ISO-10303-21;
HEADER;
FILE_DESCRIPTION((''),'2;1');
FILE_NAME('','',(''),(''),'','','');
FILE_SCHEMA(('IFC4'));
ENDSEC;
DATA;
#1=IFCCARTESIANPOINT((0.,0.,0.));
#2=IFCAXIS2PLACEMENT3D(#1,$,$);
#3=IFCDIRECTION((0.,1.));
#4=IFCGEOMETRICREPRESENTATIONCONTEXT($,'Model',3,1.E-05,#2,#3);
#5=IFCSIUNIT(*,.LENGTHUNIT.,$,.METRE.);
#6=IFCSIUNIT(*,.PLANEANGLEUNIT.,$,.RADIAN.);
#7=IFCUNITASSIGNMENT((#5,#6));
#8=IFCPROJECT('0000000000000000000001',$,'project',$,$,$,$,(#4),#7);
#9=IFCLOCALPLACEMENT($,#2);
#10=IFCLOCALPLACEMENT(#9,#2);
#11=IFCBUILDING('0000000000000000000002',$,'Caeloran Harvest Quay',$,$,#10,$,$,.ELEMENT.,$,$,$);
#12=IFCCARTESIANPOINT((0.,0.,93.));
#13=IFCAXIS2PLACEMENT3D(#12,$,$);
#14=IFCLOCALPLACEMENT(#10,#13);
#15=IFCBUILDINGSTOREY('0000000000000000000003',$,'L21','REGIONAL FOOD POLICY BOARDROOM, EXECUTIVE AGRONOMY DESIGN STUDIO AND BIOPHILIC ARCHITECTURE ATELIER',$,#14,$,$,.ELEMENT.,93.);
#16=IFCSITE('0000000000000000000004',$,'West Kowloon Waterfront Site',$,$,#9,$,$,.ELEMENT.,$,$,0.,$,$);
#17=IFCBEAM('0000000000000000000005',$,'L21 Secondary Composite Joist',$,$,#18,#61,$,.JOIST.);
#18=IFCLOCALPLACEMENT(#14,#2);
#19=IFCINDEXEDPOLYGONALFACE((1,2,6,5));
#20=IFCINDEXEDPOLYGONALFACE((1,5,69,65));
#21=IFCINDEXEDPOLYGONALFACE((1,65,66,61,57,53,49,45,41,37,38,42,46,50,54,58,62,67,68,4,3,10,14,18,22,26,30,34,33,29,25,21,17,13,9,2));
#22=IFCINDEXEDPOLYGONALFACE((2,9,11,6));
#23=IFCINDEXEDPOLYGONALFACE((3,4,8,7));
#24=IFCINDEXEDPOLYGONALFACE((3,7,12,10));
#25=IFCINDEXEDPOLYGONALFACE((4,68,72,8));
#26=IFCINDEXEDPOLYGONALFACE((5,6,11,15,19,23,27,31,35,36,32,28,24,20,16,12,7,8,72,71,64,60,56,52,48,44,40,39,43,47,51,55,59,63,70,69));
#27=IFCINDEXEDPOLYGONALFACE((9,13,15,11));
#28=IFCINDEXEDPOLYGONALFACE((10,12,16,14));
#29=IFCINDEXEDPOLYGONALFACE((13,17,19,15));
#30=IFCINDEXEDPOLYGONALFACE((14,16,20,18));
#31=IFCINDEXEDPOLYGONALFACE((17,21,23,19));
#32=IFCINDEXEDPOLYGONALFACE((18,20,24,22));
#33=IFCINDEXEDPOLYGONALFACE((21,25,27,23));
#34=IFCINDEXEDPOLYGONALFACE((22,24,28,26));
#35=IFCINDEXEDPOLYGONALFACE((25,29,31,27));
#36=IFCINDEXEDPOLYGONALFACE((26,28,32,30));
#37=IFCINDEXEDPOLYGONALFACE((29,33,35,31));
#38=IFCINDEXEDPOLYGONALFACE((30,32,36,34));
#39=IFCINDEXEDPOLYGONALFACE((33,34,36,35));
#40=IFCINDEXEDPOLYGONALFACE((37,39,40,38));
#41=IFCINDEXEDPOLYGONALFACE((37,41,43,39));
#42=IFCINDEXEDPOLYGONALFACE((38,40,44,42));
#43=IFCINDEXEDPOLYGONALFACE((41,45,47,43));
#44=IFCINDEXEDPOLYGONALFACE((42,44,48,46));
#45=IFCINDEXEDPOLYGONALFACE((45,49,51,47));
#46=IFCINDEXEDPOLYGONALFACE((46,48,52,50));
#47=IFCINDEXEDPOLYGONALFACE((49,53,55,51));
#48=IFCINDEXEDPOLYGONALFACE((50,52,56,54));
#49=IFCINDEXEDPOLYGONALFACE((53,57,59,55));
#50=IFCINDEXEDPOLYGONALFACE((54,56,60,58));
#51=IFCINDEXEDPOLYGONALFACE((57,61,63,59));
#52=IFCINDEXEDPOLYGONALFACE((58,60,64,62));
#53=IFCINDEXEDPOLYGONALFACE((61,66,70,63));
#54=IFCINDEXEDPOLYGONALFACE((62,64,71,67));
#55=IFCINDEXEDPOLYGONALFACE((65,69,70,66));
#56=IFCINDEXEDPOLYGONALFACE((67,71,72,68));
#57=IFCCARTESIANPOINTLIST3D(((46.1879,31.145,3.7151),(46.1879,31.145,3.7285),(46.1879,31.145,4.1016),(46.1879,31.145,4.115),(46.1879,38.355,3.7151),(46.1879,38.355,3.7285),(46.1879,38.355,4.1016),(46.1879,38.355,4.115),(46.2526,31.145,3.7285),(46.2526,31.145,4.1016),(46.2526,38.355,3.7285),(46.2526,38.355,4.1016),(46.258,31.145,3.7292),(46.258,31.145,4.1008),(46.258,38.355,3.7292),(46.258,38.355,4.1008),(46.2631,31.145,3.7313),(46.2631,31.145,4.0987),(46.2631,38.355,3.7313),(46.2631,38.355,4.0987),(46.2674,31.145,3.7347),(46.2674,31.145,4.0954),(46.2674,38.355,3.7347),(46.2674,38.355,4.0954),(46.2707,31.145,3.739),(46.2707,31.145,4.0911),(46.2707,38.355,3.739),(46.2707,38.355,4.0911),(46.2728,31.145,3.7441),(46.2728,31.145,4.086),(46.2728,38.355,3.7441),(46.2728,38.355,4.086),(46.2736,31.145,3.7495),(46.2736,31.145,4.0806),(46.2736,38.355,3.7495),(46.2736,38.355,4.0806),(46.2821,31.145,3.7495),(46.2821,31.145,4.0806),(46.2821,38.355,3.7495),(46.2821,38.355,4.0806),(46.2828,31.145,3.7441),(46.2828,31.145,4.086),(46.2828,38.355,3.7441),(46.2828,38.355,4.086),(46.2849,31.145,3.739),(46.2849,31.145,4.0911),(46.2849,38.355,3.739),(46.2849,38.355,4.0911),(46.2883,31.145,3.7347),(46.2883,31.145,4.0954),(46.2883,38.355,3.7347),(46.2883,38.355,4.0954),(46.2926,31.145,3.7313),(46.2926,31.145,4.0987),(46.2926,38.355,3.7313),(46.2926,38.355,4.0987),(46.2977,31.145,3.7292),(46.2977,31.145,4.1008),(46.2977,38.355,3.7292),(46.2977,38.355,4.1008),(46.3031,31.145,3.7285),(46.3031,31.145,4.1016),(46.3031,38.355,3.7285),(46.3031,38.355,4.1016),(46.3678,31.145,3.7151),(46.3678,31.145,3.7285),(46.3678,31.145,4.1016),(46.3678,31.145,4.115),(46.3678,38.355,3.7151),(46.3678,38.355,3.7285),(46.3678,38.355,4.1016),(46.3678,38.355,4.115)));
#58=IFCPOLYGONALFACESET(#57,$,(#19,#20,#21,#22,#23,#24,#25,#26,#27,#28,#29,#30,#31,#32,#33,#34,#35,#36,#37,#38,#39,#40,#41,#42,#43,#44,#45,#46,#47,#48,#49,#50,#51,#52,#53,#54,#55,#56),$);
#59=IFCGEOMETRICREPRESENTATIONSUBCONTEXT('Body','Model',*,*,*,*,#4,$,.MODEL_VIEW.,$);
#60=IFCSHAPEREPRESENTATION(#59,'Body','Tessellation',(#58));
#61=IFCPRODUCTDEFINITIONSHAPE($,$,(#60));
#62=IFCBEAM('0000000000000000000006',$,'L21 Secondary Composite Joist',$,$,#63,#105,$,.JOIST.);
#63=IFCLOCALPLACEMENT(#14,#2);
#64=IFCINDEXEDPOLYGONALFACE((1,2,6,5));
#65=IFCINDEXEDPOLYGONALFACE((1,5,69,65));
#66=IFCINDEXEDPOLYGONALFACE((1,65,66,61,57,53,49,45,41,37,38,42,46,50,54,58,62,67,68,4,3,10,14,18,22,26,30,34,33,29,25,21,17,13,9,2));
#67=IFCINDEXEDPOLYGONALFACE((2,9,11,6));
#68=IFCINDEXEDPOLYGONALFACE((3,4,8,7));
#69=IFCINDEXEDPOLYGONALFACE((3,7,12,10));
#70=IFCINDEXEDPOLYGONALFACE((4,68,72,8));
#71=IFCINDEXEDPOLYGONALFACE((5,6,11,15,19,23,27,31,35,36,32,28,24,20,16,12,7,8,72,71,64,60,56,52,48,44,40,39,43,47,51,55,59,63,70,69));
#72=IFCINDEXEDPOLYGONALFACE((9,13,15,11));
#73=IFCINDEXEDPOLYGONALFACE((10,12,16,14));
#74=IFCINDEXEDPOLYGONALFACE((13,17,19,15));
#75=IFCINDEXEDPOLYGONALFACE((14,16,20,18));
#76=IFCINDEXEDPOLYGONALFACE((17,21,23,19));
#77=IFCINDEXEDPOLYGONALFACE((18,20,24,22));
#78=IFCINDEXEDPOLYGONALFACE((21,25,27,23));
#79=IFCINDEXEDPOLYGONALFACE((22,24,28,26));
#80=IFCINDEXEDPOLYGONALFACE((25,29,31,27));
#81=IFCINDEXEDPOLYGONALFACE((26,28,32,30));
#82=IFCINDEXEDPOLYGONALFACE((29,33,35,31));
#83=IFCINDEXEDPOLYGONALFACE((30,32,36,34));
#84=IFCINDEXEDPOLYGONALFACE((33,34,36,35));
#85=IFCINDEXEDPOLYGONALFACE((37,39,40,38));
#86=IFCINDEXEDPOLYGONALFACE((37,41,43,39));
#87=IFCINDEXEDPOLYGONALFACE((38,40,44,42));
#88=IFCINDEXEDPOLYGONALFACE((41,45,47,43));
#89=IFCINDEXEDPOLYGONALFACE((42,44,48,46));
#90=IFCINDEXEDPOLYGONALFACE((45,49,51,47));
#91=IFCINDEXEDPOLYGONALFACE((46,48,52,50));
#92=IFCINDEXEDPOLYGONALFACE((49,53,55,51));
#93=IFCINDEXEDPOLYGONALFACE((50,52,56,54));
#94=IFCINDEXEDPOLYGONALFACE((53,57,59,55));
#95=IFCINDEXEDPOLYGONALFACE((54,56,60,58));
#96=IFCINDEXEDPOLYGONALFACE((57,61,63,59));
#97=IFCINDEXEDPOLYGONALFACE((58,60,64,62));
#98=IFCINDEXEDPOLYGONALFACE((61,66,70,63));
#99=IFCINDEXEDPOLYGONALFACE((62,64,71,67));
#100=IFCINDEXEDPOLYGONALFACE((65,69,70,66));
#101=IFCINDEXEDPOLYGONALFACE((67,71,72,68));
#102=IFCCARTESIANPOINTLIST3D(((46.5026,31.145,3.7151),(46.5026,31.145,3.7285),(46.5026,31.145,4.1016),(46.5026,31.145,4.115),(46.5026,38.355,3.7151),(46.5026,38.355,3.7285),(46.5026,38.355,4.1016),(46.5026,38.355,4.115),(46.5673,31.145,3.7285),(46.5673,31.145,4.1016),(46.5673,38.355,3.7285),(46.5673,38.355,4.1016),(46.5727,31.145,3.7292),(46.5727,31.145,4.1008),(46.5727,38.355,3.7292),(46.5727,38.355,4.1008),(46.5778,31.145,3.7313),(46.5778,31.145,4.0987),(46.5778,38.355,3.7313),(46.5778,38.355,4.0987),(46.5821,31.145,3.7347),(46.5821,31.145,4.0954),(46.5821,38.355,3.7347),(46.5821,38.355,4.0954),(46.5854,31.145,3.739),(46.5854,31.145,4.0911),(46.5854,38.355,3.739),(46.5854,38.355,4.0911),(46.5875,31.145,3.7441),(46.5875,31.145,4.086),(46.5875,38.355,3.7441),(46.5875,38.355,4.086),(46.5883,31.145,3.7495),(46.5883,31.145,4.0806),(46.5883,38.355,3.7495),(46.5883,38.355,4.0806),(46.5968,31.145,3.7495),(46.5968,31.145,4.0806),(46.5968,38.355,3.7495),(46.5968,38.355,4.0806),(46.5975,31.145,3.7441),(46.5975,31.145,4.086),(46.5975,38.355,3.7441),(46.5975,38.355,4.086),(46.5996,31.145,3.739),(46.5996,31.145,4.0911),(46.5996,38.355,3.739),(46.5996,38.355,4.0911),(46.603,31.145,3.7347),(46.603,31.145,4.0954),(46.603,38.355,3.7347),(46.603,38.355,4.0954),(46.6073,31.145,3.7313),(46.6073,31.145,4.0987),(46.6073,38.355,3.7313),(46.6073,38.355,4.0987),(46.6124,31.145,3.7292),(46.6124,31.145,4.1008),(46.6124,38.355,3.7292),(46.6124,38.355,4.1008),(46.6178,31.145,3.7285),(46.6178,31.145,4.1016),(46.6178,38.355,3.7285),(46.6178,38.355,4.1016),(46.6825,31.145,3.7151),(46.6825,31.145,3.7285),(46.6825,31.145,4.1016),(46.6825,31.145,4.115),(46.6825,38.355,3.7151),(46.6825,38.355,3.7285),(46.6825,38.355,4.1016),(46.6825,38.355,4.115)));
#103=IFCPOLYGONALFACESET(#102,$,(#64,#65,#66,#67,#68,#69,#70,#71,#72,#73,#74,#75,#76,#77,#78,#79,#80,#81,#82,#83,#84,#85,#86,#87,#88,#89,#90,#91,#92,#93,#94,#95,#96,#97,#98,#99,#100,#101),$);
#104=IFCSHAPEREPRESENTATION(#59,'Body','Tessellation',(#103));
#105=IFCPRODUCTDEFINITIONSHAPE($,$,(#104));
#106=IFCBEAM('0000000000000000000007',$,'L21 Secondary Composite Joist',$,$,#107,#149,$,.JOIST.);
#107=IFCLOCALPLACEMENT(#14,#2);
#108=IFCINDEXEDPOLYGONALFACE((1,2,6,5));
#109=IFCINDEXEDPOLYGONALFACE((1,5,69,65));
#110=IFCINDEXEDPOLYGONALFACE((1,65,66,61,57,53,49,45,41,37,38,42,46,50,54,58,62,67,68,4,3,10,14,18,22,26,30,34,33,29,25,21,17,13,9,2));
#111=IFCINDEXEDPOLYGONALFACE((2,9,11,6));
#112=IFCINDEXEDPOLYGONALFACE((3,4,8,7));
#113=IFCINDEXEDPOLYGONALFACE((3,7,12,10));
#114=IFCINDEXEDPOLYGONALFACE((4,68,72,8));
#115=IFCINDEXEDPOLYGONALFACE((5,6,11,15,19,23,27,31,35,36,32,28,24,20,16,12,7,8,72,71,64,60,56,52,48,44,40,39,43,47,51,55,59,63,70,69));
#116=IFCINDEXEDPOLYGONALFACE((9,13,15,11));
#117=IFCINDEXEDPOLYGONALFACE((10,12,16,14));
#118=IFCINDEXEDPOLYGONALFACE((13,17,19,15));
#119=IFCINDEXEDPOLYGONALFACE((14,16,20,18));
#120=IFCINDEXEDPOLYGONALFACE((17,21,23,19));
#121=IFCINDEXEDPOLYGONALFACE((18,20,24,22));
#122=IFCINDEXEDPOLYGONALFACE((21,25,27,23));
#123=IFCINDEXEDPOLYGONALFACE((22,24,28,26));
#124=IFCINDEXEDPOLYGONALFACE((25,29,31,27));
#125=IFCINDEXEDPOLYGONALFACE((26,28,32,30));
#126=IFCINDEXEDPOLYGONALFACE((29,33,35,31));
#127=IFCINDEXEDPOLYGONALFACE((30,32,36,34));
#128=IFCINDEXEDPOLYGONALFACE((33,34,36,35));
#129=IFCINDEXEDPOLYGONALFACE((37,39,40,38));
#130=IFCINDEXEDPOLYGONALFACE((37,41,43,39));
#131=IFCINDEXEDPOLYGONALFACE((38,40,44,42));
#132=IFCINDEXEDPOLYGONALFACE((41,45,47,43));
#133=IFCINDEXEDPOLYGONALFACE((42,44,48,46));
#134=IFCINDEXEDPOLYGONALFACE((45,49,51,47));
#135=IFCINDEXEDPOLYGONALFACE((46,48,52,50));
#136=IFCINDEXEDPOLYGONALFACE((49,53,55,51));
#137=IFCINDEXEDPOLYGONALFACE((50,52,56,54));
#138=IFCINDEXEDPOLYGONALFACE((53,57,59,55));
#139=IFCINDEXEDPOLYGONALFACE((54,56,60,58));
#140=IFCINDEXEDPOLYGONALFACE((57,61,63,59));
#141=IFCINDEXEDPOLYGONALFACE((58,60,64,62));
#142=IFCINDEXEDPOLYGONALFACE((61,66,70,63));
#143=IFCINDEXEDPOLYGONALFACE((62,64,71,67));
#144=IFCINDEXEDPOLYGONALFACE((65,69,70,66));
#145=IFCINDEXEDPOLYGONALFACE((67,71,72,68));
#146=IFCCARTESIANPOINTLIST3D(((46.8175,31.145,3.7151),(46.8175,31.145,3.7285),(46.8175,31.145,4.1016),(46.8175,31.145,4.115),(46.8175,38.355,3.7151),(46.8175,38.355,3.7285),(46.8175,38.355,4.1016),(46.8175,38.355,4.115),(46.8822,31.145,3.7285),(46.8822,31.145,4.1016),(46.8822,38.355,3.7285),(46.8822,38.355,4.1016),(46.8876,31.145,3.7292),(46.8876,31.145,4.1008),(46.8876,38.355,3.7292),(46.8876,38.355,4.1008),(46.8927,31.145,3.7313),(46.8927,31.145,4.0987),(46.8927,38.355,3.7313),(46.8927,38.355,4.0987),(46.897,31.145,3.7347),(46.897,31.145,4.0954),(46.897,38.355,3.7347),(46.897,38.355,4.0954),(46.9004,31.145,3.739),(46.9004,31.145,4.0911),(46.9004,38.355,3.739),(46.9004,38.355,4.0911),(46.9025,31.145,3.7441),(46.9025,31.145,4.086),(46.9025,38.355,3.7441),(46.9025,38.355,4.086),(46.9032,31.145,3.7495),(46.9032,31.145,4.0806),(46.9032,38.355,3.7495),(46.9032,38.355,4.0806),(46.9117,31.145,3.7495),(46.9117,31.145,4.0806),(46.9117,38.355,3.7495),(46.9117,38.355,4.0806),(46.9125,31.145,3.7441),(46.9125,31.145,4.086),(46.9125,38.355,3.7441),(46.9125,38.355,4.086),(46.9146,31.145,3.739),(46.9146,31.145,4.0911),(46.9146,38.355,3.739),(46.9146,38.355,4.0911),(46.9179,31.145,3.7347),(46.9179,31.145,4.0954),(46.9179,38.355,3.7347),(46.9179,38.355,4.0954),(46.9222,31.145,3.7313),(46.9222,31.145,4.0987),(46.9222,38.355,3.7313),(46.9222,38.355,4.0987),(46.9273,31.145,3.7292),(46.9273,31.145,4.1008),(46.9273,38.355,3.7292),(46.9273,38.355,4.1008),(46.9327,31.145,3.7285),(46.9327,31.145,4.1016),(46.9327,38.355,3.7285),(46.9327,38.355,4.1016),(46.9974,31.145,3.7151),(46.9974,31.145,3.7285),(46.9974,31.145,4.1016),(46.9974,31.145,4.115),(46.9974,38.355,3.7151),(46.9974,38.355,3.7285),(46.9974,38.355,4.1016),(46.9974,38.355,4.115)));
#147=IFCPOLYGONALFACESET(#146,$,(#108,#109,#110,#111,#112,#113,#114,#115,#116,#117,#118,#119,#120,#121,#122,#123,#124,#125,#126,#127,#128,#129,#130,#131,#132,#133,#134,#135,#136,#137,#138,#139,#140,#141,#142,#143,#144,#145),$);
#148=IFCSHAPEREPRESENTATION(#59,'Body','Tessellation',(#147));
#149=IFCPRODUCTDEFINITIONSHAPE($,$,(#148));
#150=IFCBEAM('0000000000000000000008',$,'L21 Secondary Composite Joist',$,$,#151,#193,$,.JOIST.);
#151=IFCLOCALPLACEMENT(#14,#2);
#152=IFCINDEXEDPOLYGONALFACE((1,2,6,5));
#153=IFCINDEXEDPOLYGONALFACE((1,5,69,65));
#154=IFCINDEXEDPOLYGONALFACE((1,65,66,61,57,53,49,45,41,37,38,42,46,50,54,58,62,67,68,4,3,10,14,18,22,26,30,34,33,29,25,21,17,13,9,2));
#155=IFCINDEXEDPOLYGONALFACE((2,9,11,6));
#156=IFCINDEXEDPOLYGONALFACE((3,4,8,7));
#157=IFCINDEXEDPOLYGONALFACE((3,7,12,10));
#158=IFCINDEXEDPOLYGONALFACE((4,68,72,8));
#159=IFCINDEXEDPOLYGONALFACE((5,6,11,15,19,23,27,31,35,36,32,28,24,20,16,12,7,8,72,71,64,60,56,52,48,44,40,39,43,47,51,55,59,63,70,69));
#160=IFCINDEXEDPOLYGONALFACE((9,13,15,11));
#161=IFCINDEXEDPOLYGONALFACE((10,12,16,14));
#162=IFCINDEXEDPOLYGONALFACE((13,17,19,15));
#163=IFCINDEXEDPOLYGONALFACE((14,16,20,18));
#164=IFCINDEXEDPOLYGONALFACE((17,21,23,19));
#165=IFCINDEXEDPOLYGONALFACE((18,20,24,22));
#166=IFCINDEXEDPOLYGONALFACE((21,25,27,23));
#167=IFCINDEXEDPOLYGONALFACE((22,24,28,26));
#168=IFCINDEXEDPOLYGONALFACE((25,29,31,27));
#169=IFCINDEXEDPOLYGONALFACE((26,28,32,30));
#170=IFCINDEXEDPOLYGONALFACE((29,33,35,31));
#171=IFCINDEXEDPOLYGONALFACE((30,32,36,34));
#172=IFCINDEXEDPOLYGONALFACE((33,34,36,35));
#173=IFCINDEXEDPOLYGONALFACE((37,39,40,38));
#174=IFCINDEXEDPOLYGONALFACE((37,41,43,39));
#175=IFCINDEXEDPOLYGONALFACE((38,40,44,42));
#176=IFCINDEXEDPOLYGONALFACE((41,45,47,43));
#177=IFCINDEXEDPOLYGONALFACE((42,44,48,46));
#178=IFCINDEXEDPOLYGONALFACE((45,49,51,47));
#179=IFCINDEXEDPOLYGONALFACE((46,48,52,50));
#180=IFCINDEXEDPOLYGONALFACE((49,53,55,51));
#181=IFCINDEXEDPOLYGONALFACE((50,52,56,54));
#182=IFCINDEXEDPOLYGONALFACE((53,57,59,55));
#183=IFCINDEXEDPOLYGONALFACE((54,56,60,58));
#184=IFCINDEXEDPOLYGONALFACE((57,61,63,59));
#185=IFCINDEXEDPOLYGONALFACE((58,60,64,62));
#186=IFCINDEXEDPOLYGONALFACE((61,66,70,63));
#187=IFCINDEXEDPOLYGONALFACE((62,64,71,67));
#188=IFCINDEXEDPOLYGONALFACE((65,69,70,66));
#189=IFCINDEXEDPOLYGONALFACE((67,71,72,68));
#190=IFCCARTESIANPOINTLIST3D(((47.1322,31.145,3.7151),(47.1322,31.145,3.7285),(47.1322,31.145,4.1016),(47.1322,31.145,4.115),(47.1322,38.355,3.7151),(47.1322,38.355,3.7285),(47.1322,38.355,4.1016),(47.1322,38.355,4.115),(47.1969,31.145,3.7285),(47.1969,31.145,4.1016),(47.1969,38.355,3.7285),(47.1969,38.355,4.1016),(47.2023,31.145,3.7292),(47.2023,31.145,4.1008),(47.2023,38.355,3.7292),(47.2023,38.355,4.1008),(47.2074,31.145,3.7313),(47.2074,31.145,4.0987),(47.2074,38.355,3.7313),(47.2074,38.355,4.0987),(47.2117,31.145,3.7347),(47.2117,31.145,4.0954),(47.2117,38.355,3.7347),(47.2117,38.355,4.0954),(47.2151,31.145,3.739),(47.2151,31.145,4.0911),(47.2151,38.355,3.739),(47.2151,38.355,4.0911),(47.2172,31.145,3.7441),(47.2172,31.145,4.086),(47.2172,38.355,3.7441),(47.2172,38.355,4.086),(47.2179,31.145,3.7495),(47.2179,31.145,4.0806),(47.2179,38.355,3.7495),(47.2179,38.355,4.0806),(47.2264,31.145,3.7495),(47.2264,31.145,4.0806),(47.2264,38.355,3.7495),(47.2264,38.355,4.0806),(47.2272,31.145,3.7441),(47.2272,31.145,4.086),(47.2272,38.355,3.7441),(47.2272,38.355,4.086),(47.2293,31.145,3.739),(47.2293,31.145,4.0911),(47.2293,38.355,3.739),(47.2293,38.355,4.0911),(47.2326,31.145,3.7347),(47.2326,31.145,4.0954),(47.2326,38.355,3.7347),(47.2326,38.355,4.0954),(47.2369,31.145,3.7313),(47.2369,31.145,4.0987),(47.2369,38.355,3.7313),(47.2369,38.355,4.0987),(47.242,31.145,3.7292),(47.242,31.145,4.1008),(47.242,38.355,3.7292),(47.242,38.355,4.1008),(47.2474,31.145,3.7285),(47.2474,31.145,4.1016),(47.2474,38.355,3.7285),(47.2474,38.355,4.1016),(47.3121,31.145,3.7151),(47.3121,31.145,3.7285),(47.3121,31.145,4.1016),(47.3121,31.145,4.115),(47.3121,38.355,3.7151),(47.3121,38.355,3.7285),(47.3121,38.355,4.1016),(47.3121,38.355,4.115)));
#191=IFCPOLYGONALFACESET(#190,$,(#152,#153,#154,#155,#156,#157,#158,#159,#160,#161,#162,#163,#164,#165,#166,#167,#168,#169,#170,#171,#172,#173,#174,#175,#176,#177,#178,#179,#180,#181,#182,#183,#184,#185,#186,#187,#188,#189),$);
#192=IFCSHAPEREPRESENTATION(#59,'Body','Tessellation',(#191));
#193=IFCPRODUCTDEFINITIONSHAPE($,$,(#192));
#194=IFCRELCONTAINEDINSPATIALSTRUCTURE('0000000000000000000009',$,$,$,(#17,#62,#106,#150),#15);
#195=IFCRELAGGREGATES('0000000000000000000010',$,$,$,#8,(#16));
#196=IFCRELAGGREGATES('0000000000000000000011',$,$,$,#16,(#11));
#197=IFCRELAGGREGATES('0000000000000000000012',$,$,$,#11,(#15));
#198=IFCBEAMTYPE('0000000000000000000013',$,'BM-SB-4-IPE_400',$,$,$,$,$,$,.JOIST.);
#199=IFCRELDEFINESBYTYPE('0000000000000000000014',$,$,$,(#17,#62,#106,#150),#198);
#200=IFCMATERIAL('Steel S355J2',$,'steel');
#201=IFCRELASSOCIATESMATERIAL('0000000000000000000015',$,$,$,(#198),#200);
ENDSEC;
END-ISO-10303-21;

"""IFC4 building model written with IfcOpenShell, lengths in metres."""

from ifc_helpers import new_model, si_unit, direction, frame, origin, origin_2d, place, context, subcontext, project, spatial, i_section, extrude, material, material_profile, profile_set, type_object, element, save


model = new_model("IFC4")

# Units and contexts
model_context = context("Model", 3, precision=1e-05, world=origin(), true_north=direction((0.0, 1.0)))
body_context = subcontext(model_context, "Body", "Model", "MODEL_VIEW")
ifc_project = project(units=[si_unit("LENGTHUNIT", "METRE"), si_unit("PLANEANGLEUNIT", "RADIAN")], contexts=[model_context])

# Site, building, storey
site_placement = place(None, origin())
site = spatial("IfcSite", under=ifc_project, at=site_placement, Name="West Kowloon Waterfront Site", CompositionType="ELEMENT", RefElevation=0.0)
building_placement = place(site_placement, origin())
building = spatial("IfcBuilding", under=site, at=building_placement, Name="Caeloran Harvest Quay", CompositionType="ELEMENT")
storey_placement = place(building_placement, frame((0.0, 0.0, 93.0)))
storey = spatial("IfcBuildingStorey", under=building, at=storey_placement, Name="L21", Description="REGIONAL FOOD POLICY BOARDROOM, EXECUTIVE AGRONOMY DESIGN STUDIO AND BIOPHILIC ARCHITECTURE ATELIER", CompositionType="ELEMENT", Elevation=93.0)

# Beams
ifc_material_1 = material(Name="Steel S355J2", Category="steel")
ifc_material_profile_1 = material_profile(ifc_material_1, i_section(OverallWidth=0.1799, OverallDepth=0.3999, WebThickness=0.0085, FlangeThickness=0.0134, FilletRadius=0.021, at=origin_2d()), Name="IPE 400")
ifc_profile_set_1 = profile_set([ifc_material_profile_1], Name="Steel S355J2")
beam_type_1 = type_object("IfcBeamType", Name="BM-SB-4-IPE_400", PredefinedType="JOIST", material=ifc_profile_set_1)
for number, where, z_axis, x_axis, name in (
    (1, (46.2778, 31.145, 3.915), (0.0, 1.0, 0.0), (-1.0, 0.0, 0.0), "L21 Secondary Composite Joist"),
    (2, (46.5925, 31.145, 3.915), (0.0, 1.0, 0.0), (-1.0, 0.0, 0.0), "L21 Secondary Composite Joist"),
    (3, (46.9075, 31.145, 3.915), (0.0, 1.0, 0.0), (-1.0, 0.0, 0.0), "L21 Secondary Composite Joist"),
    (4, (47.2222, 31.145, 3.915), (0.0, 1.0, 0.0), (-1.0, 0.0, 0.0), "L21 Secondary Composite Joist"),
):
    element("IfcBeam", number, at=place(storey_placement, frame(where, z_axis=z_axis, x_axis=x_axis)), inside=storey, type_object=beam_type_1, Name=name, PredefinedType="JOIST", context=body_context, shape_type="SweptSolid", body=[
        extrude(i_section(OverallWidth=0.1799, OverallDepth=0.3999, WebThickness=0.0085, FlangeThickness=0.0134, FilletRadius=0.021, at=origin_2d()), origin(), (0.0, 0.0, 1.0), 7.21),
    ])

save(model, "model.ifc")
